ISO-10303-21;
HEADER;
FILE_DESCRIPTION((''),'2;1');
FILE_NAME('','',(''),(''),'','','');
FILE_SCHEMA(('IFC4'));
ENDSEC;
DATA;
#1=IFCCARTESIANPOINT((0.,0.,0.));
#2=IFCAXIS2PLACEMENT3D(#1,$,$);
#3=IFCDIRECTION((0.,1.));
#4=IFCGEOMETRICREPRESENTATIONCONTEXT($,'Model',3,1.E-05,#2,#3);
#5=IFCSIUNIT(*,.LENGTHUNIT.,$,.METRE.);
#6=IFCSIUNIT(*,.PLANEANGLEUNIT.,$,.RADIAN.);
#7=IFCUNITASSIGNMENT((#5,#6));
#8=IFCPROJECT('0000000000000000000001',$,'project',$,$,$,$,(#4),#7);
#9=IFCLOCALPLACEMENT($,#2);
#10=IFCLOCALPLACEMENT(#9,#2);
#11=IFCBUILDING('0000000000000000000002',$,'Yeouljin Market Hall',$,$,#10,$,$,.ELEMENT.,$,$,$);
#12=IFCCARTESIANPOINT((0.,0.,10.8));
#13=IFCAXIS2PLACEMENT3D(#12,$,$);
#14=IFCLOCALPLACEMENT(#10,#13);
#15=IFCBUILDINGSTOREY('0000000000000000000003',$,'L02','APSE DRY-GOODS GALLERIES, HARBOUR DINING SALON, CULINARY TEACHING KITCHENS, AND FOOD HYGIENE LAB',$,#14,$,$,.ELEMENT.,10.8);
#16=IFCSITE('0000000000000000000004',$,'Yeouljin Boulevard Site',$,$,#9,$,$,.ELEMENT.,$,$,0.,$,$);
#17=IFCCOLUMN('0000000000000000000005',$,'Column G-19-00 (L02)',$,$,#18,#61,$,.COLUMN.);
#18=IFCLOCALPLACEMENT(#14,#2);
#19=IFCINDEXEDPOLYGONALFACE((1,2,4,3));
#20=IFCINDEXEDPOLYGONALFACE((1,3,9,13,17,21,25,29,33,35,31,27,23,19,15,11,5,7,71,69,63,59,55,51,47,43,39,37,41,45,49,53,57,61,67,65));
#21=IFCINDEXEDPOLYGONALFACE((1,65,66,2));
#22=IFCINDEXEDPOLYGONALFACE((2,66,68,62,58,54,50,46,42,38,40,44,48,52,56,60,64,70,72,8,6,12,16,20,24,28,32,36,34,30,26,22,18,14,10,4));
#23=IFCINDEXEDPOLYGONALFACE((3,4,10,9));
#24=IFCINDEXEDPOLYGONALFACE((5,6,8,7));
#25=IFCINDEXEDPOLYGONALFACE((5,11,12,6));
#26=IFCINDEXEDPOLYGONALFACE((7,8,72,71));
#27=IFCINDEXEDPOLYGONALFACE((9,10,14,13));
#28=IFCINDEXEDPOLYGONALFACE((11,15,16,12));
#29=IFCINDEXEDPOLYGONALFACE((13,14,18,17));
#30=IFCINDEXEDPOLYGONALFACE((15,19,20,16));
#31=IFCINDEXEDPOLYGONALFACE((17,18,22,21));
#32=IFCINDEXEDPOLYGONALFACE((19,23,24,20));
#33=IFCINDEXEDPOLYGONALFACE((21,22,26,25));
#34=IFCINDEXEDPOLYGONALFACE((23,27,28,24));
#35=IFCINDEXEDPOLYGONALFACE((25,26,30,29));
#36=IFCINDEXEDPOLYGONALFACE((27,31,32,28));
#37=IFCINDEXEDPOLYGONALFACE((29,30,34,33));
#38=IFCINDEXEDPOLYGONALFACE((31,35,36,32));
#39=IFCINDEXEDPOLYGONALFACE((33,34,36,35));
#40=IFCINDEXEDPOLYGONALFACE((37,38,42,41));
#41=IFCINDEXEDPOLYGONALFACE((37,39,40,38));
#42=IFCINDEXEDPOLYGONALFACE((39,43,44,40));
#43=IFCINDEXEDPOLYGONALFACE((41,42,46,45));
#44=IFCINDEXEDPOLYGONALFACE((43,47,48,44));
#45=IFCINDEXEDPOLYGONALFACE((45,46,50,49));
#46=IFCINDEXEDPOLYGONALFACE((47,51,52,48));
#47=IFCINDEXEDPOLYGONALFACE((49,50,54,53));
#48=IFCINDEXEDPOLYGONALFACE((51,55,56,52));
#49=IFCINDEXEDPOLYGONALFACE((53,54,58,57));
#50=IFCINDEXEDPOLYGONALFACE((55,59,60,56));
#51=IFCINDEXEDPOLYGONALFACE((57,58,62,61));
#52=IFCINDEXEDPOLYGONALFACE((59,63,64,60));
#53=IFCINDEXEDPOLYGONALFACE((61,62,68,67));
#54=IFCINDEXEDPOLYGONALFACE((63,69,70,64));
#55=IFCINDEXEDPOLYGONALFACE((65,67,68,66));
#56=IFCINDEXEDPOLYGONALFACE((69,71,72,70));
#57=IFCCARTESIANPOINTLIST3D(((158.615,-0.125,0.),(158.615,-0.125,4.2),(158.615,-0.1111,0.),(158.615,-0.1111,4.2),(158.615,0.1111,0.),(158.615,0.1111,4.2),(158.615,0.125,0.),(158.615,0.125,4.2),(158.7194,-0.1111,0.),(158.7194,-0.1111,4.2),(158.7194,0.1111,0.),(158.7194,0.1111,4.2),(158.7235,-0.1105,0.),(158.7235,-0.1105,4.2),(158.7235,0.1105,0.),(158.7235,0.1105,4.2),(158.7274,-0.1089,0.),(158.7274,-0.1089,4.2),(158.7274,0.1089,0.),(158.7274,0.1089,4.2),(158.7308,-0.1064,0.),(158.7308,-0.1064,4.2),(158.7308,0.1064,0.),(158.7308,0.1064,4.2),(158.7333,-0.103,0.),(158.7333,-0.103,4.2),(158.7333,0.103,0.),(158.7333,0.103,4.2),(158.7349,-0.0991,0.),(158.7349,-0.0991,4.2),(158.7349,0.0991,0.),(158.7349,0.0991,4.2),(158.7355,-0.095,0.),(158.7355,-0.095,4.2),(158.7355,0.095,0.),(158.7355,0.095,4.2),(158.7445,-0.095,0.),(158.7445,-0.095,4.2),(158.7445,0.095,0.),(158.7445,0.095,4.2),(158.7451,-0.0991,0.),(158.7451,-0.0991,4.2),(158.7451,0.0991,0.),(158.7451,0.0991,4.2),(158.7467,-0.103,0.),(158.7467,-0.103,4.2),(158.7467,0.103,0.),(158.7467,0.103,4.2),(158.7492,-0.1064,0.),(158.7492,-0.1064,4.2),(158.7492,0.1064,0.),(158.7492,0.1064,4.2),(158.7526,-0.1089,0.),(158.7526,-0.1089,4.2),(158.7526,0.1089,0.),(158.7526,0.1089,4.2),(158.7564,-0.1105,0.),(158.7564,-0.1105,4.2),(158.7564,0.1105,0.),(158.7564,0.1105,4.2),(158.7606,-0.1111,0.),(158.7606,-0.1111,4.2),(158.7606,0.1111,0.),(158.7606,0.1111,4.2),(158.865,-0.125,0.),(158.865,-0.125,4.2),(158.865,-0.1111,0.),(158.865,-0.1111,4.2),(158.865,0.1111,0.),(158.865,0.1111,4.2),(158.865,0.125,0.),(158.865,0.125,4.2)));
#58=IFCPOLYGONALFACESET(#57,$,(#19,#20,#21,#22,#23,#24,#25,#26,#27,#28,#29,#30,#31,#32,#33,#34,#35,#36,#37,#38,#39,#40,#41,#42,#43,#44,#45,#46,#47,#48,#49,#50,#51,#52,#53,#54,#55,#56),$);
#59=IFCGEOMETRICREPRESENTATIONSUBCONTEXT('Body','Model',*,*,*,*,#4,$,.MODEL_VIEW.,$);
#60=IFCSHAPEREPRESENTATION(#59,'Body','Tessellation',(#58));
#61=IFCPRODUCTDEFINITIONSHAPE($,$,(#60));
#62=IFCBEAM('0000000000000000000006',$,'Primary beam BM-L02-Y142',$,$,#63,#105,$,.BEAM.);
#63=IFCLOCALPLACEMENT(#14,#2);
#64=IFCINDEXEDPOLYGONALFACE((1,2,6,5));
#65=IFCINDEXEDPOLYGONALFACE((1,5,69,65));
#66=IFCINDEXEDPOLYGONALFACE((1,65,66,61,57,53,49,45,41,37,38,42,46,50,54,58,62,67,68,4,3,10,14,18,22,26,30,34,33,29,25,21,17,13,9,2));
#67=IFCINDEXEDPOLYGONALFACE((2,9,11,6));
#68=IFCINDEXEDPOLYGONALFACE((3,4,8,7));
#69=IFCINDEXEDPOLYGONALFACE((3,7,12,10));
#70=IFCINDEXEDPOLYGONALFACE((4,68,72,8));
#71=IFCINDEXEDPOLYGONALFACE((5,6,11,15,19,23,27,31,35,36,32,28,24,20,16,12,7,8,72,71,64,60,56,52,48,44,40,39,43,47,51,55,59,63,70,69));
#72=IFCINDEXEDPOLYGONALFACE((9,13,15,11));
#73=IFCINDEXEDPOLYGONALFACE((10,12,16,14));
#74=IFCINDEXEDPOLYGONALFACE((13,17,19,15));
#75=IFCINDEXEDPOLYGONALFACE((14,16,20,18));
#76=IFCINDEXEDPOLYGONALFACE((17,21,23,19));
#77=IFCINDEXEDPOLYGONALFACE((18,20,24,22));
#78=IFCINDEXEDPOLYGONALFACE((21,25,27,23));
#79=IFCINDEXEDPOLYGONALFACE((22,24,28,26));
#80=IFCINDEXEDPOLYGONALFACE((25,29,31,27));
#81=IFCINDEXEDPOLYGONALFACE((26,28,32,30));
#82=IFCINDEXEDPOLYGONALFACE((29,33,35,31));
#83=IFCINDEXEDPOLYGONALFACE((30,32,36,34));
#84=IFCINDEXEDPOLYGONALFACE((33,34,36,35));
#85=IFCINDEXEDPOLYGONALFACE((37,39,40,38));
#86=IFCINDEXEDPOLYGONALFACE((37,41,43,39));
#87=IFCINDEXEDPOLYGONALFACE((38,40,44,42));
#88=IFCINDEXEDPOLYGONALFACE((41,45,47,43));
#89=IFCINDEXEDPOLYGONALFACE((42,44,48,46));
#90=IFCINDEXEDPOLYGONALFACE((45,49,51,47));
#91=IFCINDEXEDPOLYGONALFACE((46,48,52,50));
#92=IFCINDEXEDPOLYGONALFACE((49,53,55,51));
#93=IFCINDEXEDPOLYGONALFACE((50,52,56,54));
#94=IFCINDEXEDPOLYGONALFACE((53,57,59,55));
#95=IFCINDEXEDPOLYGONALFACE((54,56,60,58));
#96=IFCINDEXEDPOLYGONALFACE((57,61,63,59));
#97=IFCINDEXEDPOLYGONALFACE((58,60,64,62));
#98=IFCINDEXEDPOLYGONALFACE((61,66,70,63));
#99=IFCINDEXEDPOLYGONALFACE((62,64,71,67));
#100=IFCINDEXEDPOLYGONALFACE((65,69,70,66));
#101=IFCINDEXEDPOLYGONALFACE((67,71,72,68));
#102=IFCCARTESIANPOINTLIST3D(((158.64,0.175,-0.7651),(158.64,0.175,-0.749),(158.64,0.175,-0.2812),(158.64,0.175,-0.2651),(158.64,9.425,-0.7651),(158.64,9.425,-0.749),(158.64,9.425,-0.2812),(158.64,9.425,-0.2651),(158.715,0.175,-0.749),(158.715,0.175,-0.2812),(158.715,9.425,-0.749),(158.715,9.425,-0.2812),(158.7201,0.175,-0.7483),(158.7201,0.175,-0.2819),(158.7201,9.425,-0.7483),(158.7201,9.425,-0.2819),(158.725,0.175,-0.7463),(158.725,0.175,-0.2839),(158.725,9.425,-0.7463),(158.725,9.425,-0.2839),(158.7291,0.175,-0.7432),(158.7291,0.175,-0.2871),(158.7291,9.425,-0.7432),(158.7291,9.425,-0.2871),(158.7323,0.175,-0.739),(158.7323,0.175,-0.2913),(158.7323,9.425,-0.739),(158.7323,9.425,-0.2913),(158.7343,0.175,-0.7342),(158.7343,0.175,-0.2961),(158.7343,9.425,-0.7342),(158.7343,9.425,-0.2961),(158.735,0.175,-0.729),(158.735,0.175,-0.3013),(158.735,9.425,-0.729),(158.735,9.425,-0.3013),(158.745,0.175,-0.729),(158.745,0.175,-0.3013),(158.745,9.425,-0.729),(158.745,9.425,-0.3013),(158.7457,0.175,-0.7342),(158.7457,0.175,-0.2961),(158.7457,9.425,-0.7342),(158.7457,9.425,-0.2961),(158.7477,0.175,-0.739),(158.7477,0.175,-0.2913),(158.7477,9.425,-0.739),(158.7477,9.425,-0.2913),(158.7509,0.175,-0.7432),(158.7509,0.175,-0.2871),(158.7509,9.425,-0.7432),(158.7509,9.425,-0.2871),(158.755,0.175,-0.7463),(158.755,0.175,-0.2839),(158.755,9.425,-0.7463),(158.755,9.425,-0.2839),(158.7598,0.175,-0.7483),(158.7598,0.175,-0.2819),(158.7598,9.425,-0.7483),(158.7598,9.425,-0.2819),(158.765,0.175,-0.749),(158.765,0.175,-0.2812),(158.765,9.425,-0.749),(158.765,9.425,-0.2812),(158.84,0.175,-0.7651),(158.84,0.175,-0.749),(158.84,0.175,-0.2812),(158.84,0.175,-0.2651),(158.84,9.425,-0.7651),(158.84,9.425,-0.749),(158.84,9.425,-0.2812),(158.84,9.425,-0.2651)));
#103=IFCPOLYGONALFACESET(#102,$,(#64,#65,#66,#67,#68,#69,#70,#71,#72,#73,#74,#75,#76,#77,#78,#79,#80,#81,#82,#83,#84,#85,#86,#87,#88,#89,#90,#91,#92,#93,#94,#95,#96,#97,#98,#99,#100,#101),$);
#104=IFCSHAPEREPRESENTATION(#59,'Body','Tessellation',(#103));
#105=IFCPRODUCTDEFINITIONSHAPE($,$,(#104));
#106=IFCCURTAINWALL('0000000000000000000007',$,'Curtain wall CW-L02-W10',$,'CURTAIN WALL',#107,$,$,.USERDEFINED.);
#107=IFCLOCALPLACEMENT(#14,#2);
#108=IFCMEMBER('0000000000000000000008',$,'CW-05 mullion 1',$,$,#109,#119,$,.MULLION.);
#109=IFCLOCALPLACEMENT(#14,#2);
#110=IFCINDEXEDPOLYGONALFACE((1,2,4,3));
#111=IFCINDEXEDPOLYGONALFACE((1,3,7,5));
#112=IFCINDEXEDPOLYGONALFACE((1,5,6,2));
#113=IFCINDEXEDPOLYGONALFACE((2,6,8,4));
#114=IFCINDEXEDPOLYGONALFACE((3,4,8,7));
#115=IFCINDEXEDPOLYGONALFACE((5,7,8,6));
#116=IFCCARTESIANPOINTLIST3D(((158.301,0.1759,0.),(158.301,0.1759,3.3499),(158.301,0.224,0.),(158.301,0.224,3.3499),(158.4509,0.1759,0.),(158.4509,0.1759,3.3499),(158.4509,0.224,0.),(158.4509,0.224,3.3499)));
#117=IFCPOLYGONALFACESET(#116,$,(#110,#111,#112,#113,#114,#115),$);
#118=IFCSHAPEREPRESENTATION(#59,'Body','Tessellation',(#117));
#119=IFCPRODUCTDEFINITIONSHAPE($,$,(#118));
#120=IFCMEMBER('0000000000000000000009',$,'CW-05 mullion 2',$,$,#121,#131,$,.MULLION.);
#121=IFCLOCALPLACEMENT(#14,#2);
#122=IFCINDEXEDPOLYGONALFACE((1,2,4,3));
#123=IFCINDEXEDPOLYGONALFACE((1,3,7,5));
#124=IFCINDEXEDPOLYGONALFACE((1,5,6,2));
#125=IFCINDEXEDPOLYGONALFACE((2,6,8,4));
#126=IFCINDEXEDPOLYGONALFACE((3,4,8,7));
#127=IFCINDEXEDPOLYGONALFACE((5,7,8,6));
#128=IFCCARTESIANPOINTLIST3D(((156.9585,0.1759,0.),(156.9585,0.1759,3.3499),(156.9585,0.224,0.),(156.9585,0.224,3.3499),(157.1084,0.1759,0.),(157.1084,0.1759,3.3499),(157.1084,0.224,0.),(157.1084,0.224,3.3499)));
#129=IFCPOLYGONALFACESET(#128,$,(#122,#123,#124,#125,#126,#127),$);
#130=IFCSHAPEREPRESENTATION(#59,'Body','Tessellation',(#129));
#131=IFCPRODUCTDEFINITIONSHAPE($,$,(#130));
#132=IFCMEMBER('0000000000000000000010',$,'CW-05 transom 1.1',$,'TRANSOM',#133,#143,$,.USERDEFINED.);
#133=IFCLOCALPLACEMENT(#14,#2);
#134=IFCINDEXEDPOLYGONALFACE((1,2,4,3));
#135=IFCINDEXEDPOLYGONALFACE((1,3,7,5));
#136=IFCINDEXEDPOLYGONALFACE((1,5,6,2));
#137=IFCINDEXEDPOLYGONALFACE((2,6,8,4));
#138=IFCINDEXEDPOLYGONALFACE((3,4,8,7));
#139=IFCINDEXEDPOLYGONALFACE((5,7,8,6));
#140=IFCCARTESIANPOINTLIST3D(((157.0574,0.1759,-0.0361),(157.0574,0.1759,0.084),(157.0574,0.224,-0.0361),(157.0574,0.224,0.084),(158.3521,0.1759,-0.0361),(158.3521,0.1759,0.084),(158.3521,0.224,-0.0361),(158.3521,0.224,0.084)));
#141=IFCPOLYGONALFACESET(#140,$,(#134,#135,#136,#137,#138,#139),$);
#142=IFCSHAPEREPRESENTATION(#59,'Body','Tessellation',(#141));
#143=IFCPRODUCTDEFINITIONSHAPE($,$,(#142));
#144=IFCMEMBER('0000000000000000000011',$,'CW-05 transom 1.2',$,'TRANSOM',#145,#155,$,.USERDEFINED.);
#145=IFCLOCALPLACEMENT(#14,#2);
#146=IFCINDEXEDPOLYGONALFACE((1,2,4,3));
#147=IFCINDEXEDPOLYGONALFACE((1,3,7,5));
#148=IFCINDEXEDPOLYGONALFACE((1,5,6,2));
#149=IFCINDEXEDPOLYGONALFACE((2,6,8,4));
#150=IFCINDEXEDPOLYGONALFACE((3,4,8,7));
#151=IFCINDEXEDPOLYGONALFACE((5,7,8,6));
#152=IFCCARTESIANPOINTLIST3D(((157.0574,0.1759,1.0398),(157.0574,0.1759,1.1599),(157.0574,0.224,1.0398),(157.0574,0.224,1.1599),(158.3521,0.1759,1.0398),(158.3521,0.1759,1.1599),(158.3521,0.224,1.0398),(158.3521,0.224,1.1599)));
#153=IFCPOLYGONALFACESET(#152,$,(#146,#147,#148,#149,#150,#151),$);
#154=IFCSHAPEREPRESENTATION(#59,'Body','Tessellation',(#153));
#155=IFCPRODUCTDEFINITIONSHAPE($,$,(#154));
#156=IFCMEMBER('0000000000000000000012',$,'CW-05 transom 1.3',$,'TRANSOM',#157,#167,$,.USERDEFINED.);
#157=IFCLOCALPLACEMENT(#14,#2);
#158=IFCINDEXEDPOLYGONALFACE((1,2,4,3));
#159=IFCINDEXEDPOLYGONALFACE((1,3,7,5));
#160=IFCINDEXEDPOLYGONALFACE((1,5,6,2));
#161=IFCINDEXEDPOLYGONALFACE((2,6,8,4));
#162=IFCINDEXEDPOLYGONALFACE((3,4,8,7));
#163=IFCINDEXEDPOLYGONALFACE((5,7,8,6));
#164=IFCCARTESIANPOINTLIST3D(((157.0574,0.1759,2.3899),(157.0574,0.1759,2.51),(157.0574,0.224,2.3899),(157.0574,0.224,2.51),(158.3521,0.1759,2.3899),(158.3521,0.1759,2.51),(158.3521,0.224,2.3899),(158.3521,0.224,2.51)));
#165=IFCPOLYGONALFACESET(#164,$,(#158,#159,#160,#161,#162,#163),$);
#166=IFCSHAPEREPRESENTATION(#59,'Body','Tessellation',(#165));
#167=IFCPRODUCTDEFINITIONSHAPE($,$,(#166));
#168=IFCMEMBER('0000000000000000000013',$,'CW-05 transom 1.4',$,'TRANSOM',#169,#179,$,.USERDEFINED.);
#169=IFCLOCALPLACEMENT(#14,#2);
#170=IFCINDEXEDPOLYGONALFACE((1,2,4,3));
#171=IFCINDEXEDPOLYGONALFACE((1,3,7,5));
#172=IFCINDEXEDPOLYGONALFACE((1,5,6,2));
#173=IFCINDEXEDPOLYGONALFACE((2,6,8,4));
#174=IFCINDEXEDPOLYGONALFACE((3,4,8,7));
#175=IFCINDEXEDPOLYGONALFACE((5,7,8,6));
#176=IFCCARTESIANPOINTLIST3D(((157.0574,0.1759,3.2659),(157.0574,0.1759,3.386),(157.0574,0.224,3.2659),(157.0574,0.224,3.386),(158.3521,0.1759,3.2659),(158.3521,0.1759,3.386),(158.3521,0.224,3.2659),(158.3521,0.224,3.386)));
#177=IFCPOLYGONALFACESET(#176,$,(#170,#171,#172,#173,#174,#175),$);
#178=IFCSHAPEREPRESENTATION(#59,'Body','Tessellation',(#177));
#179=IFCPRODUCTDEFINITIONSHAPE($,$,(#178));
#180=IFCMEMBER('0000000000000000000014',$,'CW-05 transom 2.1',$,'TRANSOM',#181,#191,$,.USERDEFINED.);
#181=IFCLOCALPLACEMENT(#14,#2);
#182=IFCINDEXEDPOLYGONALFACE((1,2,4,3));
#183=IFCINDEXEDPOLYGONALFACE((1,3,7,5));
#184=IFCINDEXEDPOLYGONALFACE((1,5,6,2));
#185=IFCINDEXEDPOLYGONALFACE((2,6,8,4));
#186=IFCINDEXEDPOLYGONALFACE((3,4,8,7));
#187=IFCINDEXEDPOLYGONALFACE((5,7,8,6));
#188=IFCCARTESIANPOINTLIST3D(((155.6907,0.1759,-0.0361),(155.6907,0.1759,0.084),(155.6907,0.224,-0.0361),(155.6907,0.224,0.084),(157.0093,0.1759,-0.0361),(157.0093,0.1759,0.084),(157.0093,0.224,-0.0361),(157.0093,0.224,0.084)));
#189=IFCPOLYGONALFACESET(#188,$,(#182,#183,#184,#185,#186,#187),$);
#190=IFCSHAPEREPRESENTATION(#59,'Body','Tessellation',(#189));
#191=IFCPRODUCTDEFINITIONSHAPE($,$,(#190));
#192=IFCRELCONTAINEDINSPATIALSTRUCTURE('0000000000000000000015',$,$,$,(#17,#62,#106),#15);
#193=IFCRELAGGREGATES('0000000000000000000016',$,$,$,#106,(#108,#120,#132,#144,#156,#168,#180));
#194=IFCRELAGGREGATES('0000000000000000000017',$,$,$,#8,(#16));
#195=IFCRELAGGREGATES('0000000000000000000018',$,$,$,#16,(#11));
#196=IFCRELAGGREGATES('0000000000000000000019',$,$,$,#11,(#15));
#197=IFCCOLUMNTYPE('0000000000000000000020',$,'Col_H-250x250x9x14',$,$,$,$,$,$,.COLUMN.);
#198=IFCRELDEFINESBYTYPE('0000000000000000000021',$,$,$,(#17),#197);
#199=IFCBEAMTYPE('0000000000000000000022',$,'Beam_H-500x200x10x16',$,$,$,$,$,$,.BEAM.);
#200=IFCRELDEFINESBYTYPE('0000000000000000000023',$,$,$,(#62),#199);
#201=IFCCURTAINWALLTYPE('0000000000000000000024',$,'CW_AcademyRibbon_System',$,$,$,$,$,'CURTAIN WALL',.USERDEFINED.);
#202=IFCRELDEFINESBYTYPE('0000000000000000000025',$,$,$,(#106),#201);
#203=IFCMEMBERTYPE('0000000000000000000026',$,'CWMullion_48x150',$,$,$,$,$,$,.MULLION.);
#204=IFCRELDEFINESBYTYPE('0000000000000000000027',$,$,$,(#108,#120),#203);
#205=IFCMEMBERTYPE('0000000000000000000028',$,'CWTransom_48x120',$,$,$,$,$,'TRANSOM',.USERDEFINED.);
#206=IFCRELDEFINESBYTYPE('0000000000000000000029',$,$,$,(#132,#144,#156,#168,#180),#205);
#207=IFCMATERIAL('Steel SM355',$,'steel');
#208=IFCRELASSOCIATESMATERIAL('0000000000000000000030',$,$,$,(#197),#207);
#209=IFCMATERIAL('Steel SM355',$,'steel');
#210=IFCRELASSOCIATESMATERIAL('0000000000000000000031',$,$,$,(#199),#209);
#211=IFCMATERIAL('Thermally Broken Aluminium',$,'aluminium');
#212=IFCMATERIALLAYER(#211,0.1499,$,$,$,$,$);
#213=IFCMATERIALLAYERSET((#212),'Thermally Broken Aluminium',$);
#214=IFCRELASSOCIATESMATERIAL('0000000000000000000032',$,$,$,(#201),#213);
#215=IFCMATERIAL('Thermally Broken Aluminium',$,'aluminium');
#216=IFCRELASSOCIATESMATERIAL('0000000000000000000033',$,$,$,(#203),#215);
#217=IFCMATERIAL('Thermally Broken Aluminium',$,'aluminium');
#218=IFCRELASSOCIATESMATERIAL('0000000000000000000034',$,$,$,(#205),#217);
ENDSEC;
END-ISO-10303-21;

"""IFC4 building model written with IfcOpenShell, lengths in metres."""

from ifc_helpers import new_model, si_unit, direction, frame, origin, origin_2d, place, context, subcontext, project, spatial, rectangle, i_section, extrude, material, layer, layer_set, material_profile, profile_set, type_object, element, aggregate, save


model = new_model("IFC4")

# Units and contexts
model_context = context("Model", 3, precision=1e-05, world=origin(), true_north=direction((0.0, 1.0)))
body_context = subcontext(model_context, "Body", "Model", "MODEL_VIEW")
ifc_project = project(units=[si_unit("LENGTHUNIT", "METRE"), si_unit("PLANEANGLEUNIT", "RADIAN")], contexts=[model_context])

# Site, building, storey
site_placement = place(None, origin())
site = spatial("IfcSite", under=ifc_project, at=site_placement, Name="Yeouljin Boulevard Site", CompositionType="ELEMENT", RefElevation=0.0)
building_placement = place(site_placement, origin())
building = spatial("IfcBuilding", under=site, at=building_placement, Name="Yeouljin Market Hall", CompositionType="ELEMENT")
storey_placement = place(building_placement, frame((0.0, 0.0, 10.8)))
storey = spatial("IfcBuildingStorey", under=building, at=storey_placement, Name="L02", Description="APSE DRY-GOODS GALLERIES, HARBOUR DINING SALON, CULINARY TEACHING KITCHENS, AND FOOD HYGIENE LAB", CompositionType="ELEMENT", Elevation=10.8)

# Column
ifc_material_1 = material(Name="Steel SM355", Category="steel")
ifc_material_profile_1 = material_profile(ifc_material_1, i_section(OverallWidth=0.25, OverallDepth=0.25, WebThickness=0.009, FlangeThickness=0.0139, FilletRadius=0.0161, at=origin_2d()), Name="H-250x250x9x14")
ifc_profile_set_1 = profile_set([ifc_material_profile_1], Name="Steel SM355")
column_type = type_object("IfcColumnType", Name="Col_H-250x250x9x14", PredefinedType="COLUMN", material=ifc_profile_set_1)
column_placement = place(storey_placement, frame((158.74, 0.0, 0.0), z_axis=(0.0, 0.0, 1.0), x_axis=(1.0, 0.0, 0.0)))
element("IfcColumn", 1, at=column_placement, inside=storey, type_object=column_type, Name="Column G-19-00 (L02)", PredefinedType="COLUMN", context=body_context, shape_type="SweptSolid", body=[
    extrude(i_section(OverallWidth=0.25, OverallDepth=0.25, WebThickness=0.009, FlangeThickness=0.0139, FilletRadius=0.0161, at=origin_2d()), origin(), (0.0, 0.0, 1.0), 4.2),
])

# Beam
ifc_material_2 = material(Name="Steel SM355", Category="steel")
ifc_material_profile_2 = material_profile(ifc_material_2, i_section(OverallWidth=0.2, OverallDepth=0.5, WebThickness=0.01, FlangeThickness=0.0161, FilletRadius=0.02, at=origin_2d()), Name="H-500x200x10x16")
ifc_profile_set_2 = profile_set([ifc_material_profile_2], Name="Steel SM355")
beam_type_1 = type_object("IfcBeamType", Name="Beam_H-500x200x10x16", PredefinedType="BEAM", material=ifc_profile_set_2)
beam_1_placement = place(storey_placement, frame((158.74, 0.175, -0.5151), z_axis=(0.0, 1.0, 0.0), x_axis=(-1.0, 0.0, 0.0)))
element("IfcBeam", 2, at=beam_1_placement, inside=storey, type_object=beam_type_1, Name="Primary beam BM-L02-Y142", PredefinedType="BEAM", context=body_context, shape_type="SweptSolid", body=[
    extrude(i_section(OverallWidth=0.2, OverallDepth=0.5, WebThickness=0.01, FlangeThickness=0.0161, FilletRadius=0.02, at=origin_2d()), origin(), (0.0, 0.0, 1.0), 9.25),
])

# Curtain wall, members
ifc_material_3 = material(Name="Thermally Broken Aluminium", Category="aluminium")
ifc_layer_1 = layer(ifc_material_3, 0.1499)
ifc_layer_set_1 = layer_set([ifc_layer_1], Name="Thermally Broken Aluminium")
curtain_wall_type = type_object("IfcCurtainWallType", Name="CW_AcademyRibbon_System", ElementType="CURTAIN WALL", PredefinedType="USERDEFINED", material=ifc_layer_set_1)
curtain_wall_placement = place(storey_placement, origin())
curtain_wall = element("IfcCurtainWall", 3, at=curtain_wall_placement, inside=storey, type_object=curtain_wall_type, Name="Curtain wall CW-L02-W10", ObjectType="CURTAIN WALL", PredefinedType="USERDEFINED")
ifc_material_4 = material(Name="Thermally Broken Aluminium", Category="aluminium")
ifc_material_profile_3 = material_profile(ifc_material_4, rectangle(XDim=0.0481, YDim=0.1499, at=origin_2d()), Name="CW-MULL-48x150")
ifc_profile_set_3 = profile_set([ifc_material_profile_3], Name="Thermally Broken Aluminium")
member_type_1 = type_object("IfcMemberType", Name="CWMullion_48x150", PredefinedType="MULLION", material=ifc_profile_set_3)
member_1_placement = place(storey_placement, frame((158.376, 0.2, 0.0), z_axis=(0.0, 0.0, 1.0), x_axis=(0.0, -1.0, 0.0)))
member_1 = element("IfcMember", 4, at=member_1_placement, type_object=member_type_1, Name="CW-05 mullion 1", PredefinedType="MULLION", context=body_context, shape_type="SweptSolid", body=[
    extrude(rectangle(XDim=0.0481, YDim=0.1499, at=origin_2d()), origin(), (0.0, 0.0, 1.0), 3.3499),
])
member_2_placement = place(storey_placement, frame((157.0334, 0.2, 0.0), z_axis=(0.0, 0.0, 1.0), x_axis=(0.0, -1.0, 0.0)))
member_2 = element("IfcMember", 5, at=member_2_placement, type_object=member_type_1, Name="CW-05 mullion 2", PredefinedType="MULLION", context=body_context, shape_type="SweptSolid", body=[
    extrude(rectangle(XDim=0.0481, YDim=0.1499, at=origin_2d()), origin(), (0.0, 0.0, 1.0), 3.3499),
])
ifc_material_5 = material(Name="Thermally Broken Aluminium", Category="aluminium")
ifc_material_profile_4 = material_profile(ifc_material_5, rectangle(XDim=0.0481, YDim=0.1201, at=origin_2d()), Name="CW-TRAN-48x120")
ifc_profile_set_4 = profile_set([ifc_material_profile_4], Name="Thermally Broken Aluminium")
member_type_2 = type_object("IfcMemberType", Name="CWTransom_48x120", ElementType="TRANSOM", PredefinedType="USERDEFINED", material=ifc_profile_set_4)
member_3_placement = place(storey_placement, frame((158.3521, 0.2, 0.0239), z_axis=(-1.0, 0.0, 0.0), x_axis=(0.0, -1.0, 0.0)))
member_3 = element("IfcMember", 6, at=member_3_placement, type_object=member_type_2, Name="CW-05 transom 1.1", ObjectType="TRANSOM", PredefinedType="USERDEFINED", context=body_context, shape_type="SweptSolid", body=[
    extrude(rectangle(XDim=0.0481, YDim=0.1201, at=origin_2d()), origin(), (0.0, 0.0, 1.0), 1.2947),
])
member_4_placement = place(storey_placement, frame((158.3521, 0.2, 1.0999), z_axis=(-1.0, 0.0, 0.0), x_axis=(0.0, -1.0, 0.0)))
member_4 = element("IfcMember", 7, at=member_4_placement, type_object=member_type_2, Name="CW-05 transom 1.2", ObjectType="TRANSOM", PredefinedType="USERDEFINED", context=body_context, shape_type="SweptSolid", body=[
    extrude(rectangle(XDim=0.0481, YDim=0.1201, at=origin_2d()), origin(), (0.0, 0.0, 1.0), 1.2947),
])
member_5_placement = place(storey_placement, frame((158.3521, 0.2, 2.45), z_axis=(-1.0, 0.0, 0.0), x_axis=(0.0, -1.0, 0.0)))
member_5 = element("IfcMember", 8, at=member_5_placement, type_object=member_type_2, Name="CW-05 transom 1.3", ObjectType="TRANSOM", PredefinedType="USERDEFINED", context=body_context, shape_type="SweptSolid", body=[
    extrude(rectangle(XDim=0.0481, YDim=0.1201, at=origin_2d()), origin(), (0.0, 0.0, 1.0), 1.2947),
])
member_6_placement = place(storey_placement, frame((158.3521, 0.2, 3.3259), z_axis=(-1.0, 0.0, 0.0), x_axis=(0.0, -1.0, 0.0)))
member_6 = element("IfcMember", 9, at=member_6_placement, type_object=member_type_2, Name="CW-05 transom 1.4", ObjectType="TRANSOM", PredefinedType="USERDEFINED", context=body_context, shape_type="SweptSolid", body=[
    extrude(rectangle(XDim=0.0481, YDim=0.1201, at=origin_2d()), origin(), (0.0, 0.0, 1.0), 1.2947),
])
member_7_placement = place(storey_placement, frame((157.0093, 0.2, 0.0239), z_axis=(-1.0, 0.0, 0.0), x_axis=(0.0, -1.0, 0.0)))
member_7 = element("IfcMember", 10, at=member_7_placement, type_object=member_type_2, Name="CW-05 transom 2.1", ObjectType="TRANSOM", PredefinedType="USERDEFINED", context=body_context, shape_type="SweptSolid", body=[
    extrude(rectangle(XDim=0.0481, YDim=0.1201, at=origin_2d()), origin(), (0.0, 0.0, 1.0), 1.3186),
])

aggregate(curtain_wall, [member_1, member_2, member_3, member_4, member_5, member_6, member_7])

save(model, "model.ifc")
